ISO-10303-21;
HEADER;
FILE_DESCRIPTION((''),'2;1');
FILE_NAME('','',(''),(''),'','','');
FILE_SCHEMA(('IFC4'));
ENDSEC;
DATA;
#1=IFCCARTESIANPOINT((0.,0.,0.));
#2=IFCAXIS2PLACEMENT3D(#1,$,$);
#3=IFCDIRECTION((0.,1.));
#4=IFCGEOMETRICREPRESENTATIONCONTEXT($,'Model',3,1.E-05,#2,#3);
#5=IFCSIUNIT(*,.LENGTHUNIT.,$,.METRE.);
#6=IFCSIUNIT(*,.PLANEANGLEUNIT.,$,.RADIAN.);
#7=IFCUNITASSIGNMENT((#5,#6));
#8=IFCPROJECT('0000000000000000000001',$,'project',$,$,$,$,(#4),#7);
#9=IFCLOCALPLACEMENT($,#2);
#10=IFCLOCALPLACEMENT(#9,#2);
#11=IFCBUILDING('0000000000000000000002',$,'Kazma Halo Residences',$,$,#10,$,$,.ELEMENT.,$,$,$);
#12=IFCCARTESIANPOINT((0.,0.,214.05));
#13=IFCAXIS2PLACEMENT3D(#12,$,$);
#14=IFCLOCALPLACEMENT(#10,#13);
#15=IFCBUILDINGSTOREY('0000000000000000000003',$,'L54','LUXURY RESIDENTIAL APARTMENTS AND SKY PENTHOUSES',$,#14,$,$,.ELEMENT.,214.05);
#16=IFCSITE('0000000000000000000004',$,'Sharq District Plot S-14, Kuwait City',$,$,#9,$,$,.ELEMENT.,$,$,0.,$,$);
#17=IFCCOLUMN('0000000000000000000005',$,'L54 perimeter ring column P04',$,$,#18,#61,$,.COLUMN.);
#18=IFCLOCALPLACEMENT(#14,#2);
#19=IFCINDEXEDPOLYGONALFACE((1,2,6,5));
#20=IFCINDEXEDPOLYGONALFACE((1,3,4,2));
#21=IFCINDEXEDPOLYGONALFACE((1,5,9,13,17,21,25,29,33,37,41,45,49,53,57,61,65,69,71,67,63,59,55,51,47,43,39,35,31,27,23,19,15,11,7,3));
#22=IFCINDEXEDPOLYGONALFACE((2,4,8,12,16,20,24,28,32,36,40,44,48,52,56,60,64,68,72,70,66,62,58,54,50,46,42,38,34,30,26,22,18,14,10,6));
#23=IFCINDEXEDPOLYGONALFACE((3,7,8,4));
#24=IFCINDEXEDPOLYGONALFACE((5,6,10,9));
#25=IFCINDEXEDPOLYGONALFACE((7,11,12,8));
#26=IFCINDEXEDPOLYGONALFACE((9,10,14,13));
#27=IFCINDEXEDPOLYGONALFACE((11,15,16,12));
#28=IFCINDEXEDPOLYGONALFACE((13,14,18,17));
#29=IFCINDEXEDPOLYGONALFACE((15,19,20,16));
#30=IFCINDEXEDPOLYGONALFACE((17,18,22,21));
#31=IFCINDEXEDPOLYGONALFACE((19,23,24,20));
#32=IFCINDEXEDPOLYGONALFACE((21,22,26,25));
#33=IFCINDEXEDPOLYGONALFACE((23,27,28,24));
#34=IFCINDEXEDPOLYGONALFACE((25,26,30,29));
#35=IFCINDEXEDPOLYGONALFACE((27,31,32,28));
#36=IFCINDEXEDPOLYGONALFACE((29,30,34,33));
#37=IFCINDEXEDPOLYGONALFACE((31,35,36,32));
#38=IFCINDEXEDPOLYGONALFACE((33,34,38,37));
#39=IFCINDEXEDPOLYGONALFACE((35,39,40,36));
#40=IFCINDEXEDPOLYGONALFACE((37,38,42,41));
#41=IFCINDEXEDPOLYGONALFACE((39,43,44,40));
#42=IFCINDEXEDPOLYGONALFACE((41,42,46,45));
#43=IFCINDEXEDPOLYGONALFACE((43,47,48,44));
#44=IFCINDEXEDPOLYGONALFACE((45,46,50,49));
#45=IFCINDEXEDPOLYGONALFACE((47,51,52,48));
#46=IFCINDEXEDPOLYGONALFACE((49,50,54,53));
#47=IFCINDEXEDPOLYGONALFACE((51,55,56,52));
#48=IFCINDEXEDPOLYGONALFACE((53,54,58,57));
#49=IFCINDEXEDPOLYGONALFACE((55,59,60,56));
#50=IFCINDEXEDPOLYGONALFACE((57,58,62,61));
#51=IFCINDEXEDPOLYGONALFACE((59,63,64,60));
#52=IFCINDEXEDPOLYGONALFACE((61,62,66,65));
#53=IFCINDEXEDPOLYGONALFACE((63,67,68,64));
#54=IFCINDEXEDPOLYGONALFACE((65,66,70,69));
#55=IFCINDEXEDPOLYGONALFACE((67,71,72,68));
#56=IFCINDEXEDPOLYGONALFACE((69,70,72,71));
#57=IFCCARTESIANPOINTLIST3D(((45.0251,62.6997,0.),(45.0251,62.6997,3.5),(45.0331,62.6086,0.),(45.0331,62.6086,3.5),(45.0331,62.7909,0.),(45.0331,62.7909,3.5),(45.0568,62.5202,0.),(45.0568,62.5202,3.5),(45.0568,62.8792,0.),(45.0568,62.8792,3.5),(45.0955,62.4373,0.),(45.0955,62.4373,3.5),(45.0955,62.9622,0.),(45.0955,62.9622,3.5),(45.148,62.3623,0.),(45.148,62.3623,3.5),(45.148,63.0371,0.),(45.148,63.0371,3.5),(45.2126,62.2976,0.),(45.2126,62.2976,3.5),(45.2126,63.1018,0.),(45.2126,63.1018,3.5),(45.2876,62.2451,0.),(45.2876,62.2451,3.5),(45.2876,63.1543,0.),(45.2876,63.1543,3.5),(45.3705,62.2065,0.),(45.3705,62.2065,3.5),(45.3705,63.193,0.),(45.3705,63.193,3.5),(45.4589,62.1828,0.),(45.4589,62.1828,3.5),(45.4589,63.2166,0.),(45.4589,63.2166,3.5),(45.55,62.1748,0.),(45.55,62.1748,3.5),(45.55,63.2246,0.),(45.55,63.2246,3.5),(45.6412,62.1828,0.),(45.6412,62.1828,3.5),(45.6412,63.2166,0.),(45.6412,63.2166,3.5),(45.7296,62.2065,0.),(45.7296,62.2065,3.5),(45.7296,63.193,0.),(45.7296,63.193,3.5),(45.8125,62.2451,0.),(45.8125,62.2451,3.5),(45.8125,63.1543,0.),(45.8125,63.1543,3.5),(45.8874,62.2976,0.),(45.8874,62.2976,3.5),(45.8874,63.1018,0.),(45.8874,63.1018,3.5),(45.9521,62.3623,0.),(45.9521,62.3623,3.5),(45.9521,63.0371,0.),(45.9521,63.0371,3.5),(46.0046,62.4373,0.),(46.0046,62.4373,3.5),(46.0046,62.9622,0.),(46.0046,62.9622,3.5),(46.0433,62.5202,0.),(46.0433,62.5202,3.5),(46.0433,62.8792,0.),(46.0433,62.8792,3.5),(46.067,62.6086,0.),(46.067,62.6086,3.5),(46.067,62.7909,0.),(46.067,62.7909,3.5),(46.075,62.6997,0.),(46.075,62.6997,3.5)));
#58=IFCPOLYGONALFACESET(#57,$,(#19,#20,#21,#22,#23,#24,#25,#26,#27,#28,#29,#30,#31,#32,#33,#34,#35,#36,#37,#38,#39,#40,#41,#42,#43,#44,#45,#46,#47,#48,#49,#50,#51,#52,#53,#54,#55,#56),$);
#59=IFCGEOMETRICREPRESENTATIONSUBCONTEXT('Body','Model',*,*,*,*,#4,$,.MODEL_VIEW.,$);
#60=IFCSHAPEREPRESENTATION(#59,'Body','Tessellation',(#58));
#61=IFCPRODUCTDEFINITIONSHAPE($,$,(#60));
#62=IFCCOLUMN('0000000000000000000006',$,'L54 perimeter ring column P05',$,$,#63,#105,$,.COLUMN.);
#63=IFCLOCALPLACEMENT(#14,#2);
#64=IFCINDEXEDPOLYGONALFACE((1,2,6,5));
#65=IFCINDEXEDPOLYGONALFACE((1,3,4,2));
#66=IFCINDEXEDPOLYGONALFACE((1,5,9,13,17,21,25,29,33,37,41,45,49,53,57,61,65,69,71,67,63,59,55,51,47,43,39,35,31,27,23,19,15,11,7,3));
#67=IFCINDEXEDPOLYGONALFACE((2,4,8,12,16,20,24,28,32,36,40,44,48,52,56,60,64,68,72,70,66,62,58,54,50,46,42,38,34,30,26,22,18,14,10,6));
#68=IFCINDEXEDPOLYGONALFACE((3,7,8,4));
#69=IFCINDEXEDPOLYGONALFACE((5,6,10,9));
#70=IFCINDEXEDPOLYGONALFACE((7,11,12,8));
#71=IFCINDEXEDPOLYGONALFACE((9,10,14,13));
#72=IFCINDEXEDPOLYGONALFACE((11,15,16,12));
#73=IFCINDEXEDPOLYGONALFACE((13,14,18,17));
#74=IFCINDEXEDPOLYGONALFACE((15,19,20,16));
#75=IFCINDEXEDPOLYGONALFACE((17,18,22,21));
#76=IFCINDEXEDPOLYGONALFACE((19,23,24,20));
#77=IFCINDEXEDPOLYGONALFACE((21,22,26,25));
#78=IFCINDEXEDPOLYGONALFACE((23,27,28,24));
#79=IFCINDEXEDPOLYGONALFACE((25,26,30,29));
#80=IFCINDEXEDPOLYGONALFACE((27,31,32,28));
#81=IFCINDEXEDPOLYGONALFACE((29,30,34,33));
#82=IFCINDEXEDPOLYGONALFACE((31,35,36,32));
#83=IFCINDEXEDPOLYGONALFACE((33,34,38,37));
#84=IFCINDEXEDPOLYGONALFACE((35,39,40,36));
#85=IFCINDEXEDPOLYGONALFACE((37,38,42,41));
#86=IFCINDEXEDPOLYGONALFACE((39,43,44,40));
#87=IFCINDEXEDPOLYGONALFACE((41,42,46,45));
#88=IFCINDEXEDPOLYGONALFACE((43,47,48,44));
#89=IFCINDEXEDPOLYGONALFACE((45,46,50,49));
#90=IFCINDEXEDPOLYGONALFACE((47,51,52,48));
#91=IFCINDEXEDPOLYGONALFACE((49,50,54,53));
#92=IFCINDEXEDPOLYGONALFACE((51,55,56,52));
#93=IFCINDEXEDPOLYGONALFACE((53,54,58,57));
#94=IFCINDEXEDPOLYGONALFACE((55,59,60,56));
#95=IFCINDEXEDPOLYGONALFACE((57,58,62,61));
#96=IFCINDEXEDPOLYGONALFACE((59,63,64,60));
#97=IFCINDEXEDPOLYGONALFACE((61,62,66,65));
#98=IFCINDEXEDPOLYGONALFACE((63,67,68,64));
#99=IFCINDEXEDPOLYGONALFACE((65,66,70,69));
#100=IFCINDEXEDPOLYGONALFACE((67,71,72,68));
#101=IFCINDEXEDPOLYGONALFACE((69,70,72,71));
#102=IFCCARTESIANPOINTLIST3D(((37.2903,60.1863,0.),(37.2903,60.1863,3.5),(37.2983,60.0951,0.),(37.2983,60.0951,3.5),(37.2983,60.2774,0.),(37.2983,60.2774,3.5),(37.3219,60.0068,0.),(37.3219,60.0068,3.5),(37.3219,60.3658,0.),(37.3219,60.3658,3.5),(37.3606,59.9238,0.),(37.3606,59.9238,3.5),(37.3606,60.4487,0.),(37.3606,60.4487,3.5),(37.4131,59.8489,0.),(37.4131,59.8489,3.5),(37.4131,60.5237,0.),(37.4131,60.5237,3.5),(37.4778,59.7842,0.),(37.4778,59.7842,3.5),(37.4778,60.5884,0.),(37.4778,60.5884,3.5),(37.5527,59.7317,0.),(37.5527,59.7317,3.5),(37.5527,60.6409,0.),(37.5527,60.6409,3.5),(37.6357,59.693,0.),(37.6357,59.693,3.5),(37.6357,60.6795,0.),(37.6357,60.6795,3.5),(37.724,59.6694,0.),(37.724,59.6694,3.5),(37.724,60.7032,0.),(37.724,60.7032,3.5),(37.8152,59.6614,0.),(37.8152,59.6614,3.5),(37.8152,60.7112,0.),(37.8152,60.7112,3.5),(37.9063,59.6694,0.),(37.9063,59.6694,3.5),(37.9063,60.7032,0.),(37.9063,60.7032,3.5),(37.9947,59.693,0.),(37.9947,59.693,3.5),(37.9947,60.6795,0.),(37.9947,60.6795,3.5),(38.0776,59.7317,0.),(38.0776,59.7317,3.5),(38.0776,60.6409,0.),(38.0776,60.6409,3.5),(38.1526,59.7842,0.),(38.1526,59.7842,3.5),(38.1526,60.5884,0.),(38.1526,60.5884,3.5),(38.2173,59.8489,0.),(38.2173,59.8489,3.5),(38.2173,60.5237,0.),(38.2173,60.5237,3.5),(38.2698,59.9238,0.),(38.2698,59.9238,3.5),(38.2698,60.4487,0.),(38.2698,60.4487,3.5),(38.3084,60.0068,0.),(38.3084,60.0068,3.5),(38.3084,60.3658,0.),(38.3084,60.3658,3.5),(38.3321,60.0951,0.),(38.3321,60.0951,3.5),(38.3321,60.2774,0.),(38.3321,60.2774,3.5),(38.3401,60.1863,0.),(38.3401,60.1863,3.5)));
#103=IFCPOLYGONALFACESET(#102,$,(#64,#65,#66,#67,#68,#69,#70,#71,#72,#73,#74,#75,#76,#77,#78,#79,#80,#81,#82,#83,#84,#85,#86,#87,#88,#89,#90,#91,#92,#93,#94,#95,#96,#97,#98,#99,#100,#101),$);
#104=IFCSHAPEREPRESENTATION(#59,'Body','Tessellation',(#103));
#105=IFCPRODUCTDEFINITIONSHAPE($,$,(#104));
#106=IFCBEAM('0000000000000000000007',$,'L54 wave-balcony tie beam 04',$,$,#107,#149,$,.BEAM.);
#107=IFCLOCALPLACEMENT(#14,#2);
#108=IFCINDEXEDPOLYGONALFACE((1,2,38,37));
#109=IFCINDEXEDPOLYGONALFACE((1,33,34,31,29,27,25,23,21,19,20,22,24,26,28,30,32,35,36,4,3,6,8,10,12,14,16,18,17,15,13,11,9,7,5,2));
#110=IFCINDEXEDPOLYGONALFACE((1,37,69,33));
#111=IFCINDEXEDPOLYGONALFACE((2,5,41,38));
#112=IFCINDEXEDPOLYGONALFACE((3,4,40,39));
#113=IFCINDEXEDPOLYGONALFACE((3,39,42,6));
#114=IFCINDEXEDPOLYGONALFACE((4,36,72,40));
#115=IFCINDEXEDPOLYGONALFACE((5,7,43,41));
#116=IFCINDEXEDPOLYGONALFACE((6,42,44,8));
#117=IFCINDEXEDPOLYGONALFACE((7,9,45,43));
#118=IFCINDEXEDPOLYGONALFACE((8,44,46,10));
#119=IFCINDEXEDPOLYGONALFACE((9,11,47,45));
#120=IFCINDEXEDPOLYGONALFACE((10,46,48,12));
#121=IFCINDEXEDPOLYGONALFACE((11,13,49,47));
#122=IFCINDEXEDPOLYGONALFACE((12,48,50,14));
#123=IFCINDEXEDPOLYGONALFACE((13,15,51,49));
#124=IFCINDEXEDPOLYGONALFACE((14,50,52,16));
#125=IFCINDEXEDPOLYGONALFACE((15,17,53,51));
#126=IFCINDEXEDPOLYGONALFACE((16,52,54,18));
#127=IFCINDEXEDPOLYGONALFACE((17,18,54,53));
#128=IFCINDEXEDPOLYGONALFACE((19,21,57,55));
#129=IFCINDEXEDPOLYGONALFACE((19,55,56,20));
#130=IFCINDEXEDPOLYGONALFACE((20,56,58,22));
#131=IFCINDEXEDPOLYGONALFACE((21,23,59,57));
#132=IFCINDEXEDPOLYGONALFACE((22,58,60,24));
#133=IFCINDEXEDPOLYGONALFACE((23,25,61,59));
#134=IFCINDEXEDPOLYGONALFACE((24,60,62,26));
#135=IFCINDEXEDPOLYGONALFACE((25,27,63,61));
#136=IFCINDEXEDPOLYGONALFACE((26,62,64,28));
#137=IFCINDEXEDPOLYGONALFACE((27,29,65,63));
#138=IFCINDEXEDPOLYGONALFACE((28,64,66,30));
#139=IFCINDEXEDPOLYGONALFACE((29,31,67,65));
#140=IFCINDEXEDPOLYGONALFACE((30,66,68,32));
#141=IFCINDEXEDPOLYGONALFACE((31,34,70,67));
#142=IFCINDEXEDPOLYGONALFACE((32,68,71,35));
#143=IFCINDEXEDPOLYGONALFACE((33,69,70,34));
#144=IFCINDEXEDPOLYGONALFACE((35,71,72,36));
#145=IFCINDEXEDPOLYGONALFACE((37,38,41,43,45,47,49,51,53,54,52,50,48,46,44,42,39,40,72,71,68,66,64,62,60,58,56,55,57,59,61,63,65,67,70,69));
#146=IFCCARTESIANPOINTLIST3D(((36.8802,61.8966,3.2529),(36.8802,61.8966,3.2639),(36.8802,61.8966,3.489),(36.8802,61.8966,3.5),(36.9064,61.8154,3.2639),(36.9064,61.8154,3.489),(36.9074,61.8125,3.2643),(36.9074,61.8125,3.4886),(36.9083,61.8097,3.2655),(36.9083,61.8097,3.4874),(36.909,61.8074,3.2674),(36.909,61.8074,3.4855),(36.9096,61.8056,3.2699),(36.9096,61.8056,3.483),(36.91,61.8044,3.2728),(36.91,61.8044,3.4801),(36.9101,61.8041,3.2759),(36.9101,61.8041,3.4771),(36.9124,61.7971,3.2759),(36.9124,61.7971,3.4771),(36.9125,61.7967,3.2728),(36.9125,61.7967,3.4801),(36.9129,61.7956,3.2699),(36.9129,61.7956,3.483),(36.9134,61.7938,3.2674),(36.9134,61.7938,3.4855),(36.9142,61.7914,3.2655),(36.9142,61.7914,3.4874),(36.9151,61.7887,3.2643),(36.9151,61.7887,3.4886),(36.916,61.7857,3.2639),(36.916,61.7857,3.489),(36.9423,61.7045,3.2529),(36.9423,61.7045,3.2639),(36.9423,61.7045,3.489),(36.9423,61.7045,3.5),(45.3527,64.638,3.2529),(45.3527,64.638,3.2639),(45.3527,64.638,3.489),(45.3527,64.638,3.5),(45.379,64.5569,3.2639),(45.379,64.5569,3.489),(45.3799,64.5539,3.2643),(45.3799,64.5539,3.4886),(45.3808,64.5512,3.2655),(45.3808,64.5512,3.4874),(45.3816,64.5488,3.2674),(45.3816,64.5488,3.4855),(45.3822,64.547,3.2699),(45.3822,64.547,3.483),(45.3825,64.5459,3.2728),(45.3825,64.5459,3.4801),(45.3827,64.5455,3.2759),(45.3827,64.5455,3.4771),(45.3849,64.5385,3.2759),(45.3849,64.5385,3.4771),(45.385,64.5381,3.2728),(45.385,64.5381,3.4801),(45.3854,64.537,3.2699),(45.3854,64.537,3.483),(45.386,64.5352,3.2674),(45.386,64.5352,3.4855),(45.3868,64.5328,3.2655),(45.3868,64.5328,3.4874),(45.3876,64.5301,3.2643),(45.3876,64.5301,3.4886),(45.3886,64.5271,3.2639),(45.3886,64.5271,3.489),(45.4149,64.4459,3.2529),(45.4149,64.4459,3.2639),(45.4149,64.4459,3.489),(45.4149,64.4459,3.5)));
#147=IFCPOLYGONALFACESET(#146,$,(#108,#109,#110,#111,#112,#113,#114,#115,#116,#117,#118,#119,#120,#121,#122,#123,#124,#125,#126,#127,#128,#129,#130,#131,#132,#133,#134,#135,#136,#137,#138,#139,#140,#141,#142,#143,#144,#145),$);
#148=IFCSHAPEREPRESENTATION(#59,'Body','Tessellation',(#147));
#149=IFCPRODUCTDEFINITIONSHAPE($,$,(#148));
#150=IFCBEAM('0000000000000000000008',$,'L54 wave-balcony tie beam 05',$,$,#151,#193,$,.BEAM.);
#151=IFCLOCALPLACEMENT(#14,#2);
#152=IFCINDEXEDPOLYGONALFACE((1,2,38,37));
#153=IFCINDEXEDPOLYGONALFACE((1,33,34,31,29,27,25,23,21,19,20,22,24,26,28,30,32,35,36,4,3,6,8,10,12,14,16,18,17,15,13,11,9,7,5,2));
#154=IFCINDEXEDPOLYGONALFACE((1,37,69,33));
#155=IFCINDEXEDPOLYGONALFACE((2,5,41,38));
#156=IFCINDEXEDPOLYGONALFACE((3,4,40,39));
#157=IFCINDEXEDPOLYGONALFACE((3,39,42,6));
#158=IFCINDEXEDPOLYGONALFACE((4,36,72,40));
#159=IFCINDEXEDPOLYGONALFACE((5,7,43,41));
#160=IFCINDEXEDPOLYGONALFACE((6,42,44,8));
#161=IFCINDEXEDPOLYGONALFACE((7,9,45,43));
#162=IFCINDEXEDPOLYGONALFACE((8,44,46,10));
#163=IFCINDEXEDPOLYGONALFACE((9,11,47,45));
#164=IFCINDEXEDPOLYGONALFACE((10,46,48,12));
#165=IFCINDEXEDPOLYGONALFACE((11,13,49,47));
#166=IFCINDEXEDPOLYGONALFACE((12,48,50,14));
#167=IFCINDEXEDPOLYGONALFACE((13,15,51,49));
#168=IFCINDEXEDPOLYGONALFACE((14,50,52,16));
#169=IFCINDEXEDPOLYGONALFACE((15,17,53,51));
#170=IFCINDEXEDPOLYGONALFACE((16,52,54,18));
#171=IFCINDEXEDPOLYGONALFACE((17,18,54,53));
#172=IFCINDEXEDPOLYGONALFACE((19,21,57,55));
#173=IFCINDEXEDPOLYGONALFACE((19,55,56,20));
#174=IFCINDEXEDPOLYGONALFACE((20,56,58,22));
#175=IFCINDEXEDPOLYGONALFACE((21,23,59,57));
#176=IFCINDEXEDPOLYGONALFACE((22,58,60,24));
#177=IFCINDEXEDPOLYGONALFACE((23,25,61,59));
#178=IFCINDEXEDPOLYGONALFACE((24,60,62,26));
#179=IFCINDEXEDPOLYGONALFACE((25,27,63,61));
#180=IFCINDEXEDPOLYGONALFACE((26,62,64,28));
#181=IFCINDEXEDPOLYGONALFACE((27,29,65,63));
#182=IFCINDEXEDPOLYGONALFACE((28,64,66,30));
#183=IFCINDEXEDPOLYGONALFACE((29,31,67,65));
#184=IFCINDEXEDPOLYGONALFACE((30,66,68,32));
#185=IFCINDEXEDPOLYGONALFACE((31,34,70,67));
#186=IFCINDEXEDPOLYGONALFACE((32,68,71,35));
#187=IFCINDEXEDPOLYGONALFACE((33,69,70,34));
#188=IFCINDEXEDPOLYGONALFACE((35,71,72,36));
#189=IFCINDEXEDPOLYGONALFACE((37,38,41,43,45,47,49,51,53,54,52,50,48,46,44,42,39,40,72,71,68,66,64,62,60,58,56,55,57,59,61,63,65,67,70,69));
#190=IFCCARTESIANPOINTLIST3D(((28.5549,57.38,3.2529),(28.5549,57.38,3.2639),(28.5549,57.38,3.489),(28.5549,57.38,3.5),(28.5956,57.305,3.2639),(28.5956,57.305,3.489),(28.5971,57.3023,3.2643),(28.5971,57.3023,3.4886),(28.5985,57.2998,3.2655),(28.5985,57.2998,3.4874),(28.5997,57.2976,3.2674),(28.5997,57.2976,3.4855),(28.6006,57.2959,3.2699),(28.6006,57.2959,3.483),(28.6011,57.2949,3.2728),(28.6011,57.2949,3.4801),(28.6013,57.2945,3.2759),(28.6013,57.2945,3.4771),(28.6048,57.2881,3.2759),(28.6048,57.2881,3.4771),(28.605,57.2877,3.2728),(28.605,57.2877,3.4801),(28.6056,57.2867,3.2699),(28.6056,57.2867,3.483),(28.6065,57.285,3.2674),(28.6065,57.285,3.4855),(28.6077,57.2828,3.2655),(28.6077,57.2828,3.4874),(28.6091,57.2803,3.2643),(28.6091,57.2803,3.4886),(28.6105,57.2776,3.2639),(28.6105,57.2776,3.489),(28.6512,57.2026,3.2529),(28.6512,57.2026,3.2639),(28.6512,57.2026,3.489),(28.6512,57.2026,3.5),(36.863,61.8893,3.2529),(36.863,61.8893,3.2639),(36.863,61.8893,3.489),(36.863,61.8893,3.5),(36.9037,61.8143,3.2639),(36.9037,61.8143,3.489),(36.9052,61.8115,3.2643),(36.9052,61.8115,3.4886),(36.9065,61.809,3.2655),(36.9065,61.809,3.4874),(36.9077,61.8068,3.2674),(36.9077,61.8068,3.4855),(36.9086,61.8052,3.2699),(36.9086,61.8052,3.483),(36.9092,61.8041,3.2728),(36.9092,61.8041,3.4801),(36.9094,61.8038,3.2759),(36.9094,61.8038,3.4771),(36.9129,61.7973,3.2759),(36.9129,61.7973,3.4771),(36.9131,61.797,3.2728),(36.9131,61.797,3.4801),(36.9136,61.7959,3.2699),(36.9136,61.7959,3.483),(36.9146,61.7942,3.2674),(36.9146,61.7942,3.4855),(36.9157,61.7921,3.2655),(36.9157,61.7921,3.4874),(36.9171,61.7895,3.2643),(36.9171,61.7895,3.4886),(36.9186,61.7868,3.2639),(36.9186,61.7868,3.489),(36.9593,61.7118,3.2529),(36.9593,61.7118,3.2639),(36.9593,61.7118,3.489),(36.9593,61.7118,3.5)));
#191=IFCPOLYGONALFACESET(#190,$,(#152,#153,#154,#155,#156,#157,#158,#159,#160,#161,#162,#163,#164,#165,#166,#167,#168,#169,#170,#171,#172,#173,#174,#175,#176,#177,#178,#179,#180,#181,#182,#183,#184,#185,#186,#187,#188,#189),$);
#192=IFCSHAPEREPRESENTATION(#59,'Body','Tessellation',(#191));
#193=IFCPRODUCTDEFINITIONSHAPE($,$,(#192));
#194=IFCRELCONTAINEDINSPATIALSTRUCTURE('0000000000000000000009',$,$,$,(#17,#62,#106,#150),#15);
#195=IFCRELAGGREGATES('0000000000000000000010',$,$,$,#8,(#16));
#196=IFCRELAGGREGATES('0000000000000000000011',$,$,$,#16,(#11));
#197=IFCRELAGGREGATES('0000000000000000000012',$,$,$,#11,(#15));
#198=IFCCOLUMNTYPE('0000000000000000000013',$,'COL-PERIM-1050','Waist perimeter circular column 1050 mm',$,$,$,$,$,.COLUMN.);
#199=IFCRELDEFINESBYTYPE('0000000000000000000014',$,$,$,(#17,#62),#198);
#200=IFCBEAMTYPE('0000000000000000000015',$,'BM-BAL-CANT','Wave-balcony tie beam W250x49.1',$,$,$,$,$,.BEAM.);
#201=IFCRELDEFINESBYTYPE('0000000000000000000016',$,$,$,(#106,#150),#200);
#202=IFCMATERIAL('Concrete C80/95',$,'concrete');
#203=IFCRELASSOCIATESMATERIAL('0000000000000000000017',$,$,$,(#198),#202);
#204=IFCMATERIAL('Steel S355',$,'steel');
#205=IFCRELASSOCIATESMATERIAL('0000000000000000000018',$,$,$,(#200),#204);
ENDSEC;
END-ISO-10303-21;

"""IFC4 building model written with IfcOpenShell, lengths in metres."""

from ifc_helpers import new_model, si_unit, direction, frame, origin, origin_2d, place, context, subcontext, project, spatial, circle, i_section, extrude, material, material_profile, profile_set, type_object, element, save


model = new_model("IFC4")

# Units and contexts
model_context = context("Model", 3, precision=1e-05, world=origin(), true_north=direction((0.0, 1.0)))
body_context = subcontext(model_context, "Body", "Model", "MODEL_VIEW")
ifc_project = project(units=[si_unit("LENGTHUNIT", "METRE"), si_unit("PLANEANGLEUNIT", "RADIAN")], contexts=[model_context])

# Site, building, storey
site_placement = place(None, origin())
site = spatial("IfcSite", under=ifc_project, at=site_placement, Name="Sharq District Plot S-14, Kuwait City", CompositionType="ELEMENT", RefElevation=0.0)
building_placement = place(site_placement, origin())
building = spatial("IfcBuilding", under=site, at=building_placement, Name="Kazma Halo Residences", CompositionType="ELEMENT")
storey_placement = place(building_placement, frame((0.0, 0.0, 214.05)))
storey = spatial("IfcBuildingStorey", under=building, at=storey_placement, Name="L54", Description="LUXURY RESIDENTIAL APARTMENTS AND SKY PENTHOUSES", CompositionType="ELEMENT", Elevation=214.05)

# Columns
ifc_material_1 = material(Name="Concrete C80/95", Category="concrete")
ifc_material_profile_1 = material_profile(ifc_material_1, circle(Radius=0.5249, at=origin_2d()), Name="CIRC1050")
ifc_profile_set_1 = profile_set([ifc_material_profile_1], Name="Concrete C80/95")
column_type = type_object("IfcColumnType", Name="COL-PERIM-1050", Description="Waist perimeter circular column 1050 mm", PredefinedType="COLUMN", material=ifc_profile_set_1)
for number, where, z_axis, x_axis, name in (
    (1, (45.55, 62.6997, 0.0), (0.0, 0.0, 1.0), (1.0, 0.0, 0.0), "L54 perimeter ring column P04"),
    (2, (37.8152, 60.1863, 0.0), (0.0, 0.0, 1.0), (1.0, 0.0, 0.0), "L54 perimeter ring column P05"),
):
    element("IfcColumn", number, at=place(storey_placement, frame(where, z_axis=z_axis, x_axis=x_axis)), inside=storey, type_object=column_type, Name=name, PredefinedType="COLUMN", context=body_context, shape_type="SweptSolid", body=[
        extrude(circle(Radius=0.5249, at=origin_2d()), origin(), (0.0, 0.0, 1.0), 3.5),
    ])

# Beams
ifc_material_2 = material(Name="Steel S355", Category="steel")
ifc_material_profile_2 = material_profile(ifc_material_2, i_section(OverallWidth=0.2019, OverallDepth=0.2471, WebThickness=0.0073, FlangeThickness=0.011, FilletRadius=0.012, at=origin_2d()), Name="W250x49.1")
ifc_profile_set_2 = profile_set([ifc_material_profile_2], Name="Steel S355")
beam_type_1 = type_object("IfcBeamType", Name="BM-BAL-CANT", Description="Wave-balcony tie beam W250x49.1", PredefinedType="BEAM", material=ifc_profile_set_2)
beam_1_placement = place(storey_placement, frame((45.3838, 64.542, 3.3765), z_axis=(-0.951435, -0.307851, 0.0), x_axis=(0.307851, -0.951435, 0.0)))
element("IfcBeam", 3, at=beam_1_placement, inside=storey, type_object=beam_type_1, Name="L54 wave-balcony tie beam 04", PredefinedType="BEAM", context=body_context, shape_type="SweptSolid", body=[
    extrude(i_section(OverallWidth=0.2019, OverallDepth=0.2471, WebThickness=0.0073, FlangeThickness=0.011, FilletRadius=0.012, at=origin_2d()), origin(), (0.0, 0.0, 1.0), 8.905),
])
beam_2_placement = place(storey_placement, frame((36.9111, 61.8005, 3.3765), z_axis=(-0.878891, -0.477023, 0.0), x_axis=(0.477023, -0.878891, 0.0)))
element("IfcBeam", 4, at=beam_2_placement, inside=storey, type_object=beam_type_1, Name="L54 wave-balcony tie beam 05", PredefinedType="BEAM", context=body_context, shape_type="SweptSolid", body=[
    extrude(i_section(OverallWidth=0.2019, OverallDepth=0.2471, WebThickness=0.0073, FlangeThickness=0.011, FilletRadius=0.012, at=origin_2d()), origin(), (0.0, 0.0, 1.0), 9.4529),
])

save(model, "model.ifc")
